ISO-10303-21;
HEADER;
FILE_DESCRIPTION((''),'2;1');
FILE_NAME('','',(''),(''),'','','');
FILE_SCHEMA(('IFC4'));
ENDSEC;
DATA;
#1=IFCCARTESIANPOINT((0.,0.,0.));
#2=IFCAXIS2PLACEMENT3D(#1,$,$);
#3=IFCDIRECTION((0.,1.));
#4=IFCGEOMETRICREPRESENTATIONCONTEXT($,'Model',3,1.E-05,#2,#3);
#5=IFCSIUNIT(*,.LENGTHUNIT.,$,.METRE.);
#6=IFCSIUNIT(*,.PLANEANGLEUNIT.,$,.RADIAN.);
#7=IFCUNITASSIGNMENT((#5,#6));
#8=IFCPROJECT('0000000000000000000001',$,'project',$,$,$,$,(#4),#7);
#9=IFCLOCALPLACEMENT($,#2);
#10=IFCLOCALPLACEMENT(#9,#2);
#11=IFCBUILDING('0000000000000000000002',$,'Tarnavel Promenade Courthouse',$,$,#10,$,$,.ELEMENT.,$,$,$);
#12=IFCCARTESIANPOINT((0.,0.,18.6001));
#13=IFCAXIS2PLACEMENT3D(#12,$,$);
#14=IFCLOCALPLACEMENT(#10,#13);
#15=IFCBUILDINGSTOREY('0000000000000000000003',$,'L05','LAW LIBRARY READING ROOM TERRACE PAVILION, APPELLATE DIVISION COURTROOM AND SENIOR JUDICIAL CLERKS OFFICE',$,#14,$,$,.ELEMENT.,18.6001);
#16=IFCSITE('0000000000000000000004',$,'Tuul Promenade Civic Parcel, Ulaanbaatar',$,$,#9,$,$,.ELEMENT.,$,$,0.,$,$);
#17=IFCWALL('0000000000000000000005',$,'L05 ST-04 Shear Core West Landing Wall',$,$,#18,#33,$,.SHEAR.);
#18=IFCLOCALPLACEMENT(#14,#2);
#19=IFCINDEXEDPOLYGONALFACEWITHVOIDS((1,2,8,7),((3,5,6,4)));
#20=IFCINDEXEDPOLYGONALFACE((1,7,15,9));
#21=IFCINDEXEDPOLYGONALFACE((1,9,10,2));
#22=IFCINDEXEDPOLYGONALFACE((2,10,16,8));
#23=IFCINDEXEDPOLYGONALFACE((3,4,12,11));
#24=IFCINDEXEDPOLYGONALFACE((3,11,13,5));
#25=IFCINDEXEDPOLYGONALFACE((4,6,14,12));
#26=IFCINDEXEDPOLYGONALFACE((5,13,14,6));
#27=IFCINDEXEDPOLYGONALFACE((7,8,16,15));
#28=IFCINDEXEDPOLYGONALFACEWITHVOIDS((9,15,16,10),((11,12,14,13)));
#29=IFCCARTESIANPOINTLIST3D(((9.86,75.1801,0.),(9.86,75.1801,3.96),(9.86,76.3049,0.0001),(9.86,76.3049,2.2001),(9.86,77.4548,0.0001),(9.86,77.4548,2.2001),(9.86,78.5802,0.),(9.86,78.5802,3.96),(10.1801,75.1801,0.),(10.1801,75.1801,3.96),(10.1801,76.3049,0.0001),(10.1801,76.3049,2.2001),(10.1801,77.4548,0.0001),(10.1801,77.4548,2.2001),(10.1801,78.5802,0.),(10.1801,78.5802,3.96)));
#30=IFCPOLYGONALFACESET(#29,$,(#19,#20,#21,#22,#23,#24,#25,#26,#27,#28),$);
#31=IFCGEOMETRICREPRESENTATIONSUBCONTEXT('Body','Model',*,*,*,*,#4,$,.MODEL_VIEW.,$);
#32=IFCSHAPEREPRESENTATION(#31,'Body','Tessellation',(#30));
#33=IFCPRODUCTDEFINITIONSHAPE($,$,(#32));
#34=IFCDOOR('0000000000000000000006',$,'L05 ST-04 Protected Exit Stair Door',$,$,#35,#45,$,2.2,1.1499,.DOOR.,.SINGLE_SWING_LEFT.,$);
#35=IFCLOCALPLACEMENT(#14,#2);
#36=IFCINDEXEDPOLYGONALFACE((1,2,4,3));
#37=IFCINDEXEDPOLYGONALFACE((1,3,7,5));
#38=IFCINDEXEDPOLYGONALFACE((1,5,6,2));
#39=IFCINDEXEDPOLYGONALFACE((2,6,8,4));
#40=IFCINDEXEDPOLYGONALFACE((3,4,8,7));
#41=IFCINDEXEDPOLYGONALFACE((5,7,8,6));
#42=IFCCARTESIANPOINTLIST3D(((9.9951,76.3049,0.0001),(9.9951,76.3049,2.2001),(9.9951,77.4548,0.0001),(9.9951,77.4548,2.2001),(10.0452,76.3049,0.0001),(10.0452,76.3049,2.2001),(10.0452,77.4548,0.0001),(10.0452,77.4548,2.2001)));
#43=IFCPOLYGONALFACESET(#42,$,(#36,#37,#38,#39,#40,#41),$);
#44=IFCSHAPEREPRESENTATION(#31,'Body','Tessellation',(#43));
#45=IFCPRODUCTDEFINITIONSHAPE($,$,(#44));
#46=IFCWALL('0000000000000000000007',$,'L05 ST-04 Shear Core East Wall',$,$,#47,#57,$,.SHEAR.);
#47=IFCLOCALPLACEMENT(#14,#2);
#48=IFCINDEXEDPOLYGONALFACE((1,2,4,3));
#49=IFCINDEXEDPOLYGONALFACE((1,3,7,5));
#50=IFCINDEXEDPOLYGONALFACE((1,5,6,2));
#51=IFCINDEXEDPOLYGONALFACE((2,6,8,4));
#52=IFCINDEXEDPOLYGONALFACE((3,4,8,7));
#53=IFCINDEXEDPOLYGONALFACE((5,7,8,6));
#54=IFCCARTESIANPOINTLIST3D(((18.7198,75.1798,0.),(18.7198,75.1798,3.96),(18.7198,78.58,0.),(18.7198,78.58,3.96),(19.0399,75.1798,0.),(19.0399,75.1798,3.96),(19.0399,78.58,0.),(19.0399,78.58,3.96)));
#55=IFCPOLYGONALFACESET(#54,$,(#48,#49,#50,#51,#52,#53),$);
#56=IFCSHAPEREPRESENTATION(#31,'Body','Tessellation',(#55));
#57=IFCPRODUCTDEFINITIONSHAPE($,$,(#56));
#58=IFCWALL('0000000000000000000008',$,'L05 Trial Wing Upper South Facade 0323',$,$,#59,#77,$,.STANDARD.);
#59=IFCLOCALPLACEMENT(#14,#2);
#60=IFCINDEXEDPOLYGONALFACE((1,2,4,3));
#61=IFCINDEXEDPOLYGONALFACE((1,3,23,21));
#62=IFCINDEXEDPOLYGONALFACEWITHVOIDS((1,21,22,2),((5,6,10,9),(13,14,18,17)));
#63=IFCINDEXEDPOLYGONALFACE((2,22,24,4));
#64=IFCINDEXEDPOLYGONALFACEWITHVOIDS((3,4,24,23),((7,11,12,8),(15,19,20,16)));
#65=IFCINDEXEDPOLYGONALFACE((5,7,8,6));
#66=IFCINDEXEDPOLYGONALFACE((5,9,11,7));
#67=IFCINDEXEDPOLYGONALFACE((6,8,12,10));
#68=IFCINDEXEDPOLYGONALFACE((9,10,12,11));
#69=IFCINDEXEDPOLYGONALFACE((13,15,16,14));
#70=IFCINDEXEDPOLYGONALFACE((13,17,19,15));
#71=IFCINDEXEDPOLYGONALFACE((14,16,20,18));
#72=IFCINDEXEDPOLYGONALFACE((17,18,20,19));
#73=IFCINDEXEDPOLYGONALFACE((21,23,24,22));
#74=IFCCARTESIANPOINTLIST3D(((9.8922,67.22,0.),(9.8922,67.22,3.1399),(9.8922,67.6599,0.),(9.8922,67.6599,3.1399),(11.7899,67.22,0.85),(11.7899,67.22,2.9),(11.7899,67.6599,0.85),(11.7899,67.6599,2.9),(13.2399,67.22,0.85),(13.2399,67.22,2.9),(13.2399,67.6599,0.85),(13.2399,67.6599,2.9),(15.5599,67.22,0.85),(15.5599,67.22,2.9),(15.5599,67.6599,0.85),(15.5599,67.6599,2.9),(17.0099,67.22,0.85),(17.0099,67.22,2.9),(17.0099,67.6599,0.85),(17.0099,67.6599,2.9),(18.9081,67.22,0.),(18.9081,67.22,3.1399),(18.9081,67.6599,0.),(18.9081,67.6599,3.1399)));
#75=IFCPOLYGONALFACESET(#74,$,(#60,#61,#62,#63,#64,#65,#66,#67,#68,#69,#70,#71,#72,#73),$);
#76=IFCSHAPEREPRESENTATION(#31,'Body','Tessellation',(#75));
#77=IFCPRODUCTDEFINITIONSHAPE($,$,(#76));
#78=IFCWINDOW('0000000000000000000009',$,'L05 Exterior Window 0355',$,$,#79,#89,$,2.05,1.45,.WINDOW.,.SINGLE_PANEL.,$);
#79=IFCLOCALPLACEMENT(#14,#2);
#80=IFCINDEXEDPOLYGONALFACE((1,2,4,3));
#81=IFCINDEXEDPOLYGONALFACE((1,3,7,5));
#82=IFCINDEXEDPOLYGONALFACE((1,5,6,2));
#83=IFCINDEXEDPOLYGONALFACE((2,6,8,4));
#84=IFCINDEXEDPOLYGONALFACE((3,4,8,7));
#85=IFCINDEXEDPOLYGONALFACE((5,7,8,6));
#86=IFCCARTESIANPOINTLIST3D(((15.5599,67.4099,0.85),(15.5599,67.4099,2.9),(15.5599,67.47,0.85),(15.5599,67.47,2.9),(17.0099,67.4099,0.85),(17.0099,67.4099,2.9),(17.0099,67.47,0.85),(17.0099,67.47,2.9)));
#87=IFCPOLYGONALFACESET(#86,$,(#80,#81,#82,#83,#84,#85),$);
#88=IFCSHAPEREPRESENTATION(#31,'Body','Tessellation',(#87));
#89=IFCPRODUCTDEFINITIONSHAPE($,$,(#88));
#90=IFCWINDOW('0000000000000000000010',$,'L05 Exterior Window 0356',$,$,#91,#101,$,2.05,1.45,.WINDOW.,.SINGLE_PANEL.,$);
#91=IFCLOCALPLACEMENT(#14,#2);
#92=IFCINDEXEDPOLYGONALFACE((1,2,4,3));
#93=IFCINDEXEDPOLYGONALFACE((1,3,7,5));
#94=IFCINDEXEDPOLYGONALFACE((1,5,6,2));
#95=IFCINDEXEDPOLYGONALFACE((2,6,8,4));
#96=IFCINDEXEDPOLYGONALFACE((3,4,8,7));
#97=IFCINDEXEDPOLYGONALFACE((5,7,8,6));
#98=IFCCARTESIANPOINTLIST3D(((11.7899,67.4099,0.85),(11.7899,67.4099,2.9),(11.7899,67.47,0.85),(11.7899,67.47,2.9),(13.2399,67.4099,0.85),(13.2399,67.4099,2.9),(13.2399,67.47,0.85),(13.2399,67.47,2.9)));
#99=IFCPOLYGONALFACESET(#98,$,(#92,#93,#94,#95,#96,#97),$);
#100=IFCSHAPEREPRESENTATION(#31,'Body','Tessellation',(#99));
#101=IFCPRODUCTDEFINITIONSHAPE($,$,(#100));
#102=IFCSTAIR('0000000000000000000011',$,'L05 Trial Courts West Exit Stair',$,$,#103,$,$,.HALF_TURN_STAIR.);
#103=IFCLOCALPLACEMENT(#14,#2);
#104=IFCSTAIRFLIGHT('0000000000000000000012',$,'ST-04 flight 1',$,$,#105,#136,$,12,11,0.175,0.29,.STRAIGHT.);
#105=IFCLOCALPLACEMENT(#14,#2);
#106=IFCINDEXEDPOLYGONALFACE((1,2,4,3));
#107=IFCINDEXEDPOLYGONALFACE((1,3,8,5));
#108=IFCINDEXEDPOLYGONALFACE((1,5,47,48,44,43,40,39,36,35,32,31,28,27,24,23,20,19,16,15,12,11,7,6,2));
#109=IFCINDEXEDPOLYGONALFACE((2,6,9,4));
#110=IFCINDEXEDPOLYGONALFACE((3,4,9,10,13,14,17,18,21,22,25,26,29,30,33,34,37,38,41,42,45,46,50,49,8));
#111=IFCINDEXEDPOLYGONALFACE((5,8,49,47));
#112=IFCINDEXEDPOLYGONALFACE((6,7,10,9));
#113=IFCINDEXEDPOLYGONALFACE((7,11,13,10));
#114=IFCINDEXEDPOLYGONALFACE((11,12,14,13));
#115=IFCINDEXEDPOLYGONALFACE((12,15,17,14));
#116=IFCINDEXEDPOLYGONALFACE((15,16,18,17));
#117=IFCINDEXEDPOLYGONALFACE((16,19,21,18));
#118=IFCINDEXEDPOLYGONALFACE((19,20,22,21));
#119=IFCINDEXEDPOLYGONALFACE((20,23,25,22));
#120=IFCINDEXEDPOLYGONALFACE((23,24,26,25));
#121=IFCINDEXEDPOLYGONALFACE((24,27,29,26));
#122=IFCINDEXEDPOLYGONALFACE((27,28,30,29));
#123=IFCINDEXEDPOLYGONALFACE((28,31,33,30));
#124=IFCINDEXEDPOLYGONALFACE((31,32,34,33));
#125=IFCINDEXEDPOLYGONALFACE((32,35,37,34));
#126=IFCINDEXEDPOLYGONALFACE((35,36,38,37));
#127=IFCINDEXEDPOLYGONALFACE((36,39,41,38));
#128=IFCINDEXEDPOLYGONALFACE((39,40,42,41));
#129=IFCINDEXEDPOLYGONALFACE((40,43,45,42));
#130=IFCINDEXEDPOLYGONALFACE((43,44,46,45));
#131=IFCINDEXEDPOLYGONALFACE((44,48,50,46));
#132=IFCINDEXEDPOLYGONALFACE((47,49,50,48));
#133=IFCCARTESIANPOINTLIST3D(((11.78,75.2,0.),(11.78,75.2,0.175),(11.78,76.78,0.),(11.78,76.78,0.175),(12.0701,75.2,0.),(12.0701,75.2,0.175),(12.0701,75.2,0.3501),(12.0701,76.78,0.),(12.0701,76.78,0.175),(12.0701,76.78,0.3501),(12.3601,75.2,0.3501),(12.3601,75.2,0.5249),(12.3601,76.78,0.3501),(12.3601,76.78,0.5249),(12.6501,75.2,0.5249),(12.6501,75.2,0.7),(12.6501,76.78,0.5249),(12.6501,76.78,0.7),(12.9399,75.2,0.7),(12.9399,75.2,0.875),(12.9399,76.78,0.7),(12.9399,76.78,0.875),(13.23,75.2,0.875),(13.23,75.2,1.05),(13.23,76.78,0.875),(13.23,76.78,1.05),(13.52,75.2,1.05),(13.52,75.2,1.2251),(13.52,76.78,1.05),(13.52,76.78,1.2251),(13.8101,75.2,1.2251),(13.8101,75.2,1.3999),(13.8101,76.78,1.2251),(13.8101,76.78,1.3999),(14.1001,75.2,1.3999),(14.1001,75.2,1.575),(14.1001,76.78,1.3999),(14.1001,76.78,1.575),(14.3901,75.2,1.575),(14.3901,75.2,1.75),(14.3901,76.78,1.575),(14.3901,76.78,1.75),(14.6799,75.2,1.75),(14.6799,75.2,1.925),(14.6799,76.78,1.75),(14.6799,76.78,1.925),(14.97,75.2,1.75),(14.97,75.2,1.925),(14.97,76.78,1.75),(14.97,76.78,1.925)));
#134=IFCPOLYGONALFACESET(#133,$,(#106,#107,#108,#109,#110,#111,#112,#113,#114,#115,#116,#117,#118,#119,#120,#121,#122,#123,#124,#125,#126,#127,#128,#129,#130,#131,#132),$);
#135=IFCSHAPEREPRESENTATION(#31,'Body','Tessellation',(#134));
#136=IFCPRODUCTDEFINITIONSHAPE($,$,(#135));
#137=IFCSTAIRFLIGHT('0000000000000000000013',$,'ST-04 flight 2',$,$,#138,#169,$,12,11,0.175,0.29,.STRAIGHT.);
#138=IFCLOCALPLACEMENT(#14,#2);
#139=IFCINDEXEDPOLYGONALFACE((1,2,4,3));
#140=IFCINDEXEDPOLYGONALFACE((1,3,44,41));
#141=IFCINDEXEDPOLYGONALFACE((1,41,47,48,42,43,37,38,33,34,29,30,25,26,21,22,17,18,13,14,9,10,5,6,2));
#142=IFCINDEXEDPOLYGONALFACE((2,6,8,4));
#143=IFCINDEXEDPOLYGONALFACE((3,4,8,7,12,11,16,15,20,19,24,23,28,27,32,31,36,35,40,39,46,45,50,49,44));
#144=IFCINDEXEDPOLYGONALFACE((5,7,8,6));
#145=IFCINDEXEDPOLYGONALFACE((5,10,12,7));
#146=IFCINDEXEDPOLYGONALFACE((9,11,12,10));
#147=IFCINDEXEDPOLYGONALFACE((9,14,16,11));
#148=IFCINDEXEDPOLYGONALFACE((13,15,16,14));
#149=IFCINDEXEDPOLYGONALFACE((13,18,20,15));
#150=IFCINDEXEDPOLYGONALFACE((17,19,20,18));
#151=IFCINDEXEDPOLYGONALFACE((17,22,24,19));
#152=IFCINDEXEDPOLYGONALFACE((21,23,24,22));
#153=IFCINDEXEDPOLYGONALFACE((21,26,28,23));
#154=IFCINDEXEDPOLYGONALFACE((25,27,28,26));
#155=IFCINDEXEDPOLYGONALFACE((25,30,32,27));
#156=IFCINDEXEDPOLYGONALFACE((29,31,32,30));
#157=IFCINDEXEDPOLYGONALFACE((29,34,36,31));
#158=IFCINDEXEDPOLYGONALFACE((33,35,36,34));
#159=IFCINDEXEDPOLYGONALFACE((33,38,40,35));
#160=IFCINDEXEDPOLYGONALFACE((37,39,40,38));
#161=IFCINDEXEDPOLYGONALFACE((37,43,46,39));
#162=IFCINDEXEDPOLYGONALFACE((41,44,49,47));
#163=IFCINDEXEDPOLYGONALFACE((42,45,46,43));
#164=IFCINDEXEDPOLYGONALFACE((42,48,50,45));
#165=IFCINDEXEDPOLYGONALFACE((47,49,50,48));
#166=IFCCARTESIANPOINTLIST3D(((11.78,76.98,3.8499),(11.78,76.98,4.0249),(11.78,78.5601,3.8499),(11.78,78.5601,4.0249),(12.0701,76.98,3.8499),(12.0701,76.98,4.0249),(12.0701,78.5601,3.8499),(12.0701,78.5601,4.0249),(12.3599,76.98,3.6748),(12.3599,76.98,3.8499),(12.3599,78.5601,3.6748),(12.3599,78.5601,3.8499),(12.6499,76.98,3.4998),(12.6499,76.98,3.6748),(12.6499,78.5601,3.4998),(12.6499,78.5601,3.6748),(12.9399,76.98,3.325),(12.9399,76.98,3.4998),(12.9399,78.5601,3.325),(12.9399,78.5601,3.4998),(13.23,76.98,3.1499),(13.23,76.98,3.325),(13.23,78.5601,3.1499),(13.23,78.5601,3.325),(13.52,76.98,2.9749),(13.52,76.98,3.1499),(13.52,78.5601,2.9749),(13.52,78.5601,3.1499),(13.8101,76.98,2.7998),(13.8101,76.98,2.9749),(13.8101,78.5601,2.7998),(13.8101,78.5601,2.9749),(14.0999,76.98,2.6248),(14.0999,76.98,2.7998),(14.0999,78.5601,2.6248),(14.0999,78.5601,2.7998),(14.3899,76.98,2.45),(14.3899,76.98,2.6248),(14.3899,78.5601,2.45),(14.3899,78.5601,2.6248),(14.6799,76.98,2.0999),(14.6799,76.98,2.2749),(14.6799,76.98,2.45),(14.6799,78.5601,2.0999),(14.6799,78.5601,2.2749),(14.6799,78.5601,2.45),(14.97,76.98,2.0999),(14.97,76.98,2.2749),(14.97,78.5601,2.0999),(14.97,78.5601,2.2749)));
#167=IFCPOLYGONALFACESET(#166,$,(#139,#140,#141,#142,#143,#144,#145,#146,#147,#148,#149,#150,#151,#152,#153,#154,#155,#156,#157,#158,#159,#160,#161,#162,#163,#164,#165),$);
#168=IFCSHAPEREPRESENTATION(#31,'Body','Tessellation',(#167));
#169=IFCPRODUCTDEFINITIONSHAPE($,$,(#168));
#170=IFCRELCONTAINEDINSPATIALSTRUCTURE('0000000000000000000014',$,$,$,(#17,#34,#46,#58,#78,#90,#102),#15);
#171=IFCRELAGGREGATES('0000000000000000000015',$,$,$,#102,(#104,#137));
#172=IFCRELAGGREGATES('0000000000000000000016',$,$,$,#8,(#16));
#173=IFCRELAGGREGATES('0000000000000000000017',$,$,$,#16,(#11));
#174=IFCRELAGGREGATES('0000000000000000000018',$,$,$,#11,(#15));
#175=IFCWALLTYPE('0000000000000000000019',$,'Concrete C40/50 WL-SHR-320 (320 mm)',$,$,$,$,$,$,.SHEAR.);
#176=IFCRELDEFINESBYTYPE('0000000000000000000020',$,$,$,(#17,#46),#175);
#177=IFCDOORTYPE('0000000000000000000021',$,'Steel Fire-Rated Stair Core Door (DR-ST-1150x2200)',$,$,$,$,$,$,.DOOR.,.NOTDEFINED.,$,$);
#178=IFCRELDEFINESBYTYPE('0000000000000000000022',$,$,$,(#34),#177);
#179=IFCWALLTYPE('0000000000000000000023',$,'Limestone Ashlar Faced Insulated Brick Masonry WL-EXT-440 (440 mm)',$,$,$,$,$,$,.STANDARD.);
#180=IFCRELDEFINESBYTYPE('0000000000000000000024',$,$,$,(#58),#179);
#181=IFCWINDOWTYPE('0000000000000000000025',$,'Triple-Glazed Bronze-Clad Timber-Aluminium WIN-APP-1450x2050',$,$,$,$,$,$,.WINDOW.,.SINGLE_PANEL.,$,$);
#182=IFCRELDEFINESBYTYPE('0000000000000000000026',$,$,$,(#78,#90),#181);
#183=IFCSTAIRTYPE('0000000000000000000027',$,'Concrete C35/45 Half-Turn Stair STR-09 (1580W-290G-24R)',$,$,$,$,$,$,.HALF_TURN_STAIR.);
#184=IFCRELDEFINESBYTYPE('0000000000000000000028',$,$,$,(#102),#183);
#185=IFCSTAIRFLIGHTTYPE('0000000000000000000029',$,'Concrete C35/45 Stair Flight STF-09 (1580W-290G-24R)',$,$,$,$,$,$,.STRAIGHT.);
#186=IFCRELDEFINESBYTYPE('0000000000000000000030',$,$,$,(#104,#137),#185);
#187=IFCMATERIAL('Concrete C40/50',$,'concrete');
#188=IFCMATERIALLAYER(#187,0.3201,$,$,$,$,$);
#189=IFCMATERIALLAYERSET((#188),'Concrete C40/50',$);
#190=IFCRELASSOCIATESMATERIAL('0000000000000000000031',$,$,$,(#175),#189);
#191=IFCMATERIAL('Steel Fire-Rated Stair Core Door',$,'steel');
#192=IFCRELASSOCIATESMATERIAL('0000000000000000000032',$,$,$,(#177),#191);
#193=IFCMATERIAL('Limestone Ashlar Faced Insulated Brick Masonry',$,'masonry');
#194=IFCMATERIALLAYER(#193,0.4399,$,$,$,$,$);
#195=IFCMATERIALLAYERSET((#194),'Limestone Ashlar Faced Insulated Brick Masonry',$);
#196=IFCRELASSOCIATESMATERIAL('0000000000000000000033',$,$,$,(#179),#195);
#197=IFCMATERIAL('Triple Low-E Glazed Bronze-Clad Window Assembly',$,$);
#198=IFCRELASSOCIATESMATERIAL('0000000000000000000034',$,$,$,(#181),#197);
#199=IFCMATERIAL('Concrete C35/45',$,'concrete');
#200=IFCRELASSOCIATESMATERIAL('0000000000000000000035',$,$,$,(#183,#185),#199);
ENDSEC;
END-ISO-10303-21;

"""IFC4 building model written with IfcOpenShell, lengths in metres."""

from ifc_helpers import new_model, si_unit, direction, frame, frame_2d, origin, place, context, subcontext, project, spatial, polyline, rectangle, outline, extrude, material, layer, layer_set, type_object, element, fill, aggregate, save


model = new_model("IFC4")

# Units and contexts
model_context = context("Model", 3, precision=1e-05, world=origin(), true_north=direction((0.0, 1.0)))
body_context = subcontext(model_context, "Body", "Model", "MODEL_VIEW")
ifc_project = project(units=[si_unit("LENGTHUNIT", "METRE"), si_unit("PLANEANGLEUNIT", "RADIAN")], contexts=[model_context])

# Site, building, storey
site_placement = place(None, origin())
site = spatial("IfcSite", under=ifc_project, at=site_placement, Name="Tuul Promenade Civic Parcel, Ulaanbaatar", CompositionType="ELEMENT", RefElevation=0.0)
building_placement = place(site_placement, origin())
building = spatial("IfcBuilding", under=site, at=building_placement, Name="Tarnavel Promenade Courthouse", CompositionType="ELEMENT")
storey_placement = place(building_placement, frame((0.0, 0.0, 18.6001)))
storey = spatial("IfcBuildingStorey", under=building, at=storey_placement, Name="L05", Description="LAW LIBRARY READING ROOM TERRACE PAVILION, APPELLATE DIVISION COURTROOM AND SENIOR JUDICIAL CLERKS OFFICE", CompositionType="ELEMENT", Elevation=18.6001)

# Shared definitions
ifc_material_1 = material(Name="Concrete C40/50", Category="concrete")

# Shared definitions
ifc_layer_1 = layer(ifc_material_1, 0.3201)
ifc_layer_set_1 = layer_set([ifc_layer_1], Name="Concrete C40/50")
wall_type_1 = type_object("IfcWallType", Name="Concrete C40/50 WL-SHR-320 (320 mm)", PredefinedType="SHEAR", material=ifc_layer_set_1)

# Wall, opening, door
wall_1_placement = place(storey_placement, frame((10.02, 75.1799, 0.0), z_axis=(0.0, 0.0, 1.0), x_axis=(0.0, 1.0, 0.0)))
wall_1 = element("IfcWall", 1, at=wall_1_placement, inside=storey, type_object=wall_type_1, Name="L05 ST-04 Shear Core West Landing Wall", PredefinedType="SHEAR", context=body_context, shape_type="SweptSolid", body=[
    extrude(rectangle(XDim=3.4001, YDim=0.3201, at=frame_2d((1.7002, 0.0))), origin(), (0.0, 0.0, 1.0), 3.96),
])
opening_1_placement = place(wall_1_placement, frame((1.125, 0.0, 0.0)))
opening_1 = element("IfcOpeningElement", 2, at=opening_1_placement, cuts=wall_1, PredefinedType="OPENING", context=body_context, shape_type="SweptSolid", body=[
    extrude(rectangle(XDim=1.1499, YDim=2.2, at=frame_2d((0.575, 1.1001))), frame((0.0, 0.1699, 0.0), z_axis=(0.0, -1.0, 0.0), x_axis=(1.0, 0.0, 0.0)), (0.0, 0.0, 1.0), 0.3401),
])
ifc_material_2 = material(Name="Steel Fire-Rated Stair Core Door", Category="steel")
door_type = type_object("IfcDoorType", Name="Steel Fire-Rated Stair Core Door (DR-ST-1150x2200)", OperationType="NOTDEFINED", PredefinedType="DOOR", material=ifc_material_2)
door_placement = place(opening_1_placement, origin())
door = element("IfcDoor", 3, at=door_placement, inside=storey, type_object=door_type, Name="L05 ST-04 Protected Exit Stair Door", OperationType="SINGLE_SWING_LEFT", OverallHeight=2.2, OverallWidth=1.1499, PredefinedType="DOOR", context=body_context, shape_type="SweptSolid", body=[
    extrude(rectangle(XDim=1.1499, YDim=2.2, at=frame_2d((0.575, 1.1001))), frame((0.0, 0.0249, 0.0), z_axis=(0.0, -1.0, 0.0), x_axis=(1.0, 0.0, 0.0)), (0.0, 0.0, 1.0), 0.05),
])
fill(opening_1, door)

# Wall
wall_2_placement = place(storey_placement, frame((18.8799, 78.5801, 0.0), z_axis=(0.0, 0.0, 1.0), x_axis=(0.0, -1.0, 0.0)))
element("IfcWall", 4, at=wall_2_placement, inside=storey, type_object=wall_type_1, Name="L05 ST-04 Shear Core East Wall", PredefinedType="SHEAR", context=body_context, shape_type="SweptSolid", body=[
    extrude(rectangle(XDim=3.4001, YDim=0.3201, at=frame_2d((1.7002, 0.0))), origin(), (0.0, 0.0, 1.0), 3.96),
])

# Wall, openings, windows
ifc_material_3 = material(Name="Limestone Ashlar Faced Insulated Brick Masonry", Category="masonry")
ifc_layer_2 = layer(ifc_material_3, 0.4399)
ifc_layer_set_2 = layer_set([ifc_layer_2], Name="Limestone Ashlar Faced Insulated Brick Masonry")
wall_type_2 = type_object("IfcWallType", Name="Limestone Ashlar Faced Insulated Brick Masonry WL-EXT-440 (440 mm)", PredefinedType="STANDARD", material=ifc_layer_set_2)
wall_3_placement = place(storey_placement, frame((18.908, 67.4399, 0.0), z_axis=(0.0, 0.0, 1.0), x_axis=(-1.0, 0.0, 0.0)))
wall_3 = element("IfcWall", 5, at=wall_3_placement, inside=storey, type_object=wall_type_2, Name="L05 Trial Wing Upper South Facade 0323", PredefinedType="STANDARD", context=body_context, shape_type="SweptSolid", body=[
    extrude(rectangle(XDim=9.0159, YDim=0.4399, at=frame_2d((4.5078, 0.0))), origin(), (0.0, 0.0, 1.0), 3.1399),
])
opening_2_placement = place(wall_3_placement, frame((1.8979, 0.0, 0.8501)))
opening_2 = element("IfcOpeningElement", 6, at=opening_2_placement, cuts=wall_3, PredefinedType="OPENING", context=body_context, shape_type="SweptSolid", body=[
    extrude(rectangle(XDim=1.45, YDim=2.05, at=frame_2d((0.7251, 1.0249))), frame((0.0, 0.23, 0.0), z_axis=(0.0, -1.0, 0.0), x_axis=(1.0, 0.0, 0.0)), (0.0, 0.0, 1.0), 0.46),
])
opening_3_placement = place(wall_3_placement, frame((5.668, 0.0, 0.8501)))
opening_3 = element("IfcOpeningElement", 7, at=opening_3_placement, cuts=wall_3, PredefinedType="OPENING", context=body_context, shape_type="SweptSolid", body=[
    extrude(rectangle(XDim=1.45, YDim=2.05, at=frame_2d((0.7251, 1.0249))), frame((0.0, 0.23, 0.0), z_axis=(0.0, -1.0, 0.0), x_axis=(1.0, 0.0, 0.0)), (0.0, 0.0, 1.0), 0.46),
])
ifc_material_4 = material(Name="Triple Low-E Glazed Bronze-Clad Window Assembly")
window_type = type_object("IfcWindowType", Name="Triple-Glazed Bronze-Clad Timber-Aluminium WIN-APP-1450x2050", PartitioningType="SINGLE_PANEL", PredefinedType="WINDOW", material=ifc_material_4)
window_1_placement = place(opening_2_placement, origin())
window_1 = element("IfcWindow", 8, at=window_1_placement, inside=storey, type_object=window_type, Name="L05 Exterior Window 0355", OverallHeight=2.05, OverallWidth=1.45, PartitioningType="SINGLE_PANEL", PredefinedType="WINDOW", context=body_context, shape_type="SweptSolid", body=[
    extrude(rectangle(XDim=1.45, YDim=2.05, at=frame_2d((0.7251, 1.0249))), frame((0.0, 0.03, 0.0), z_axis=(0.0, -1.0, 0.0), x_axis=(1.0, 0.0, 0.0)), (0.0, 0.0, 1.0), 0.0601),
])
fill(opening_2, window_1)
window_2_placement = place(opening_3_placement, origin())
window_2 = element("IfcWindow", 9, at=window_2_placement, inside=storey, type_object=window_type, Name="L05 Exterior Window 0356", OverallHeight=2.05, OverallWidth=1.45, PartitioningType="SINGLE_PANEL", PredefinedType="WINDOW", context=body_context, shape_type="SweptSolid", body=[
    extrude(rectangle(XDim=1.45, YDim=2.05, at=frame_2d((0.7251, 1.0249))), frame((0.0, 0.03, 0.0), z_axis=(0.0, -1.0, 0.0), x_axis=(1.0, 0.0, 0.0)), (0.0, 0.0, 1.0), 0.0601),
])
fill(opening_3, window_2)

# Stair, stair flights
ifc_material_5 = material(Name="Concrete C35/45", Category="concrete")
stair_type = type_object("IfcStairType", Name="Concrete C35/45 Half-Turn Stair STR-09 (1580W-290G-24R)", PredefinedType="HALF_TURN_STAIR", material=ifc_material_5)
stair_placement = place(storey_placement, origin())
stair = element("IfcStair", 10, at=stair_placement, inside=storey, type_object=stair_type, Name="L05 Trial Courts West Exit Stair", PredefinedType="HALF_TURN_STAIR")
stair_flight_type = type_object("IfcStairFlightType", Name="Concrete C35/45 Stair Flight STF-09 (1580W-290G-24R)", PredefinedType="STRAIGHT", material=ifc_material_5)
stair_flight_1_placement = place(storey_placement, frame((11.78, 75.99, 0.0), z_axis=(0.0, 0.0, 1.0), x_axis=(1.0, 0.0, 0.0)))
stair_flight_1 = element("IfcStairFlight", 11, at=stair_flight_1_placement, type_object=stair_flight_type, Name="ST-04 flight 1", NumberOfRisers=12, NumberOfTreads=11, PredefinedType="STRAIGHT", RiserHeight=0.175, TreadLength=0.29, context=body_context, shape_type="SweptSolid", body=[
    extrude(outline(polyline([(0.0, 0.0), (0.0, 0.175), (0.29, 0.175), (0.29, 0.3501), (0.5801, 0.3501), (0.5801, 0.5249), (0.8701, 0.5249), (0.8701, 0.7), (1.1599, 0.7), (1.1599, 0.875), (1.45, 0.875), (1.45, 1.05), (1.74, 1.05), (1.74, 1.2251), (2.03, 1.2251), (2.03, 1.3999), (2.3201, 1.3999), (2.3201, 1.575), (2.6101, 1.575), (2.6101, 1.75), (2.8999, 1.75), (2.8999, 1.925), (3.1899, 1.925), (3.1899, 2.1001), (3.1899, 1.75), (0.29, 0.0), (0.0, 0.0)])), frame((0.0, 0.79, 0.0), z_axis=(0.0, -1.0, 0.0), x_axis=(1.0, 0.0, 0.0)), (0.0, 0.0, 1.0), 1.5801),
])
stair_flight_2_placement = place(storey_placement, frame((14.97, 77.77, 2.0999), z_axis=(0.0, 0.0, 1.0), x_axis=(-1.0, 0.0, 0.0)))
stair_flight_2 = element("IfcStairFlight", 12, at=stair_flight_2_placement, type_object=stair_flight_type, Name="ST-04 flight 2", NumberOfRisers=12, NumberOfTreads=11, PredefinedType="STRAIGHT", RiserHeight=0.175, TreadLength=0.29, context=body_context, shape_type="SweptSolid", body=[
    extrude(outline(polyline([(0.0, 0.0), (0.0, 0.175), (0.29, 0.175), (0.29, 0.3501), (0.5801, 0.3501), (0.5801, 0.5249), (0.8701, 0.5249), (0.8701, 0.7), (1.1599, 0.7), (1.1599, 0.875), (1.45, 0.875), (1.45, 1.05), (1.74, 1.05), (1.74, 1.2251), (2.03, 1.2251), (2.03, 1.3999), (2.3201, 1.3999), (2.3201, 1.575), (2.6101, 1.575), (2.6101, 1.75), (2.8999, 1.75), (2.8999, 1.925), (3.1899, 1.925), (3.1899, 2.1001), (3.1899, 1.75), (0.29, 0.0), (0.0, 0.0)])), frame((0.0, 0.79, 0.0), z_axis=(0.0, -1.0, 0.0), x_axis=(1.0, 0.0, 0.0)), (0.0, 0.0, 1.0), 1.5801),
])
aggregate(stair, [stair_flight_1, stair_flight_2])

save(model, "model.ifc")
